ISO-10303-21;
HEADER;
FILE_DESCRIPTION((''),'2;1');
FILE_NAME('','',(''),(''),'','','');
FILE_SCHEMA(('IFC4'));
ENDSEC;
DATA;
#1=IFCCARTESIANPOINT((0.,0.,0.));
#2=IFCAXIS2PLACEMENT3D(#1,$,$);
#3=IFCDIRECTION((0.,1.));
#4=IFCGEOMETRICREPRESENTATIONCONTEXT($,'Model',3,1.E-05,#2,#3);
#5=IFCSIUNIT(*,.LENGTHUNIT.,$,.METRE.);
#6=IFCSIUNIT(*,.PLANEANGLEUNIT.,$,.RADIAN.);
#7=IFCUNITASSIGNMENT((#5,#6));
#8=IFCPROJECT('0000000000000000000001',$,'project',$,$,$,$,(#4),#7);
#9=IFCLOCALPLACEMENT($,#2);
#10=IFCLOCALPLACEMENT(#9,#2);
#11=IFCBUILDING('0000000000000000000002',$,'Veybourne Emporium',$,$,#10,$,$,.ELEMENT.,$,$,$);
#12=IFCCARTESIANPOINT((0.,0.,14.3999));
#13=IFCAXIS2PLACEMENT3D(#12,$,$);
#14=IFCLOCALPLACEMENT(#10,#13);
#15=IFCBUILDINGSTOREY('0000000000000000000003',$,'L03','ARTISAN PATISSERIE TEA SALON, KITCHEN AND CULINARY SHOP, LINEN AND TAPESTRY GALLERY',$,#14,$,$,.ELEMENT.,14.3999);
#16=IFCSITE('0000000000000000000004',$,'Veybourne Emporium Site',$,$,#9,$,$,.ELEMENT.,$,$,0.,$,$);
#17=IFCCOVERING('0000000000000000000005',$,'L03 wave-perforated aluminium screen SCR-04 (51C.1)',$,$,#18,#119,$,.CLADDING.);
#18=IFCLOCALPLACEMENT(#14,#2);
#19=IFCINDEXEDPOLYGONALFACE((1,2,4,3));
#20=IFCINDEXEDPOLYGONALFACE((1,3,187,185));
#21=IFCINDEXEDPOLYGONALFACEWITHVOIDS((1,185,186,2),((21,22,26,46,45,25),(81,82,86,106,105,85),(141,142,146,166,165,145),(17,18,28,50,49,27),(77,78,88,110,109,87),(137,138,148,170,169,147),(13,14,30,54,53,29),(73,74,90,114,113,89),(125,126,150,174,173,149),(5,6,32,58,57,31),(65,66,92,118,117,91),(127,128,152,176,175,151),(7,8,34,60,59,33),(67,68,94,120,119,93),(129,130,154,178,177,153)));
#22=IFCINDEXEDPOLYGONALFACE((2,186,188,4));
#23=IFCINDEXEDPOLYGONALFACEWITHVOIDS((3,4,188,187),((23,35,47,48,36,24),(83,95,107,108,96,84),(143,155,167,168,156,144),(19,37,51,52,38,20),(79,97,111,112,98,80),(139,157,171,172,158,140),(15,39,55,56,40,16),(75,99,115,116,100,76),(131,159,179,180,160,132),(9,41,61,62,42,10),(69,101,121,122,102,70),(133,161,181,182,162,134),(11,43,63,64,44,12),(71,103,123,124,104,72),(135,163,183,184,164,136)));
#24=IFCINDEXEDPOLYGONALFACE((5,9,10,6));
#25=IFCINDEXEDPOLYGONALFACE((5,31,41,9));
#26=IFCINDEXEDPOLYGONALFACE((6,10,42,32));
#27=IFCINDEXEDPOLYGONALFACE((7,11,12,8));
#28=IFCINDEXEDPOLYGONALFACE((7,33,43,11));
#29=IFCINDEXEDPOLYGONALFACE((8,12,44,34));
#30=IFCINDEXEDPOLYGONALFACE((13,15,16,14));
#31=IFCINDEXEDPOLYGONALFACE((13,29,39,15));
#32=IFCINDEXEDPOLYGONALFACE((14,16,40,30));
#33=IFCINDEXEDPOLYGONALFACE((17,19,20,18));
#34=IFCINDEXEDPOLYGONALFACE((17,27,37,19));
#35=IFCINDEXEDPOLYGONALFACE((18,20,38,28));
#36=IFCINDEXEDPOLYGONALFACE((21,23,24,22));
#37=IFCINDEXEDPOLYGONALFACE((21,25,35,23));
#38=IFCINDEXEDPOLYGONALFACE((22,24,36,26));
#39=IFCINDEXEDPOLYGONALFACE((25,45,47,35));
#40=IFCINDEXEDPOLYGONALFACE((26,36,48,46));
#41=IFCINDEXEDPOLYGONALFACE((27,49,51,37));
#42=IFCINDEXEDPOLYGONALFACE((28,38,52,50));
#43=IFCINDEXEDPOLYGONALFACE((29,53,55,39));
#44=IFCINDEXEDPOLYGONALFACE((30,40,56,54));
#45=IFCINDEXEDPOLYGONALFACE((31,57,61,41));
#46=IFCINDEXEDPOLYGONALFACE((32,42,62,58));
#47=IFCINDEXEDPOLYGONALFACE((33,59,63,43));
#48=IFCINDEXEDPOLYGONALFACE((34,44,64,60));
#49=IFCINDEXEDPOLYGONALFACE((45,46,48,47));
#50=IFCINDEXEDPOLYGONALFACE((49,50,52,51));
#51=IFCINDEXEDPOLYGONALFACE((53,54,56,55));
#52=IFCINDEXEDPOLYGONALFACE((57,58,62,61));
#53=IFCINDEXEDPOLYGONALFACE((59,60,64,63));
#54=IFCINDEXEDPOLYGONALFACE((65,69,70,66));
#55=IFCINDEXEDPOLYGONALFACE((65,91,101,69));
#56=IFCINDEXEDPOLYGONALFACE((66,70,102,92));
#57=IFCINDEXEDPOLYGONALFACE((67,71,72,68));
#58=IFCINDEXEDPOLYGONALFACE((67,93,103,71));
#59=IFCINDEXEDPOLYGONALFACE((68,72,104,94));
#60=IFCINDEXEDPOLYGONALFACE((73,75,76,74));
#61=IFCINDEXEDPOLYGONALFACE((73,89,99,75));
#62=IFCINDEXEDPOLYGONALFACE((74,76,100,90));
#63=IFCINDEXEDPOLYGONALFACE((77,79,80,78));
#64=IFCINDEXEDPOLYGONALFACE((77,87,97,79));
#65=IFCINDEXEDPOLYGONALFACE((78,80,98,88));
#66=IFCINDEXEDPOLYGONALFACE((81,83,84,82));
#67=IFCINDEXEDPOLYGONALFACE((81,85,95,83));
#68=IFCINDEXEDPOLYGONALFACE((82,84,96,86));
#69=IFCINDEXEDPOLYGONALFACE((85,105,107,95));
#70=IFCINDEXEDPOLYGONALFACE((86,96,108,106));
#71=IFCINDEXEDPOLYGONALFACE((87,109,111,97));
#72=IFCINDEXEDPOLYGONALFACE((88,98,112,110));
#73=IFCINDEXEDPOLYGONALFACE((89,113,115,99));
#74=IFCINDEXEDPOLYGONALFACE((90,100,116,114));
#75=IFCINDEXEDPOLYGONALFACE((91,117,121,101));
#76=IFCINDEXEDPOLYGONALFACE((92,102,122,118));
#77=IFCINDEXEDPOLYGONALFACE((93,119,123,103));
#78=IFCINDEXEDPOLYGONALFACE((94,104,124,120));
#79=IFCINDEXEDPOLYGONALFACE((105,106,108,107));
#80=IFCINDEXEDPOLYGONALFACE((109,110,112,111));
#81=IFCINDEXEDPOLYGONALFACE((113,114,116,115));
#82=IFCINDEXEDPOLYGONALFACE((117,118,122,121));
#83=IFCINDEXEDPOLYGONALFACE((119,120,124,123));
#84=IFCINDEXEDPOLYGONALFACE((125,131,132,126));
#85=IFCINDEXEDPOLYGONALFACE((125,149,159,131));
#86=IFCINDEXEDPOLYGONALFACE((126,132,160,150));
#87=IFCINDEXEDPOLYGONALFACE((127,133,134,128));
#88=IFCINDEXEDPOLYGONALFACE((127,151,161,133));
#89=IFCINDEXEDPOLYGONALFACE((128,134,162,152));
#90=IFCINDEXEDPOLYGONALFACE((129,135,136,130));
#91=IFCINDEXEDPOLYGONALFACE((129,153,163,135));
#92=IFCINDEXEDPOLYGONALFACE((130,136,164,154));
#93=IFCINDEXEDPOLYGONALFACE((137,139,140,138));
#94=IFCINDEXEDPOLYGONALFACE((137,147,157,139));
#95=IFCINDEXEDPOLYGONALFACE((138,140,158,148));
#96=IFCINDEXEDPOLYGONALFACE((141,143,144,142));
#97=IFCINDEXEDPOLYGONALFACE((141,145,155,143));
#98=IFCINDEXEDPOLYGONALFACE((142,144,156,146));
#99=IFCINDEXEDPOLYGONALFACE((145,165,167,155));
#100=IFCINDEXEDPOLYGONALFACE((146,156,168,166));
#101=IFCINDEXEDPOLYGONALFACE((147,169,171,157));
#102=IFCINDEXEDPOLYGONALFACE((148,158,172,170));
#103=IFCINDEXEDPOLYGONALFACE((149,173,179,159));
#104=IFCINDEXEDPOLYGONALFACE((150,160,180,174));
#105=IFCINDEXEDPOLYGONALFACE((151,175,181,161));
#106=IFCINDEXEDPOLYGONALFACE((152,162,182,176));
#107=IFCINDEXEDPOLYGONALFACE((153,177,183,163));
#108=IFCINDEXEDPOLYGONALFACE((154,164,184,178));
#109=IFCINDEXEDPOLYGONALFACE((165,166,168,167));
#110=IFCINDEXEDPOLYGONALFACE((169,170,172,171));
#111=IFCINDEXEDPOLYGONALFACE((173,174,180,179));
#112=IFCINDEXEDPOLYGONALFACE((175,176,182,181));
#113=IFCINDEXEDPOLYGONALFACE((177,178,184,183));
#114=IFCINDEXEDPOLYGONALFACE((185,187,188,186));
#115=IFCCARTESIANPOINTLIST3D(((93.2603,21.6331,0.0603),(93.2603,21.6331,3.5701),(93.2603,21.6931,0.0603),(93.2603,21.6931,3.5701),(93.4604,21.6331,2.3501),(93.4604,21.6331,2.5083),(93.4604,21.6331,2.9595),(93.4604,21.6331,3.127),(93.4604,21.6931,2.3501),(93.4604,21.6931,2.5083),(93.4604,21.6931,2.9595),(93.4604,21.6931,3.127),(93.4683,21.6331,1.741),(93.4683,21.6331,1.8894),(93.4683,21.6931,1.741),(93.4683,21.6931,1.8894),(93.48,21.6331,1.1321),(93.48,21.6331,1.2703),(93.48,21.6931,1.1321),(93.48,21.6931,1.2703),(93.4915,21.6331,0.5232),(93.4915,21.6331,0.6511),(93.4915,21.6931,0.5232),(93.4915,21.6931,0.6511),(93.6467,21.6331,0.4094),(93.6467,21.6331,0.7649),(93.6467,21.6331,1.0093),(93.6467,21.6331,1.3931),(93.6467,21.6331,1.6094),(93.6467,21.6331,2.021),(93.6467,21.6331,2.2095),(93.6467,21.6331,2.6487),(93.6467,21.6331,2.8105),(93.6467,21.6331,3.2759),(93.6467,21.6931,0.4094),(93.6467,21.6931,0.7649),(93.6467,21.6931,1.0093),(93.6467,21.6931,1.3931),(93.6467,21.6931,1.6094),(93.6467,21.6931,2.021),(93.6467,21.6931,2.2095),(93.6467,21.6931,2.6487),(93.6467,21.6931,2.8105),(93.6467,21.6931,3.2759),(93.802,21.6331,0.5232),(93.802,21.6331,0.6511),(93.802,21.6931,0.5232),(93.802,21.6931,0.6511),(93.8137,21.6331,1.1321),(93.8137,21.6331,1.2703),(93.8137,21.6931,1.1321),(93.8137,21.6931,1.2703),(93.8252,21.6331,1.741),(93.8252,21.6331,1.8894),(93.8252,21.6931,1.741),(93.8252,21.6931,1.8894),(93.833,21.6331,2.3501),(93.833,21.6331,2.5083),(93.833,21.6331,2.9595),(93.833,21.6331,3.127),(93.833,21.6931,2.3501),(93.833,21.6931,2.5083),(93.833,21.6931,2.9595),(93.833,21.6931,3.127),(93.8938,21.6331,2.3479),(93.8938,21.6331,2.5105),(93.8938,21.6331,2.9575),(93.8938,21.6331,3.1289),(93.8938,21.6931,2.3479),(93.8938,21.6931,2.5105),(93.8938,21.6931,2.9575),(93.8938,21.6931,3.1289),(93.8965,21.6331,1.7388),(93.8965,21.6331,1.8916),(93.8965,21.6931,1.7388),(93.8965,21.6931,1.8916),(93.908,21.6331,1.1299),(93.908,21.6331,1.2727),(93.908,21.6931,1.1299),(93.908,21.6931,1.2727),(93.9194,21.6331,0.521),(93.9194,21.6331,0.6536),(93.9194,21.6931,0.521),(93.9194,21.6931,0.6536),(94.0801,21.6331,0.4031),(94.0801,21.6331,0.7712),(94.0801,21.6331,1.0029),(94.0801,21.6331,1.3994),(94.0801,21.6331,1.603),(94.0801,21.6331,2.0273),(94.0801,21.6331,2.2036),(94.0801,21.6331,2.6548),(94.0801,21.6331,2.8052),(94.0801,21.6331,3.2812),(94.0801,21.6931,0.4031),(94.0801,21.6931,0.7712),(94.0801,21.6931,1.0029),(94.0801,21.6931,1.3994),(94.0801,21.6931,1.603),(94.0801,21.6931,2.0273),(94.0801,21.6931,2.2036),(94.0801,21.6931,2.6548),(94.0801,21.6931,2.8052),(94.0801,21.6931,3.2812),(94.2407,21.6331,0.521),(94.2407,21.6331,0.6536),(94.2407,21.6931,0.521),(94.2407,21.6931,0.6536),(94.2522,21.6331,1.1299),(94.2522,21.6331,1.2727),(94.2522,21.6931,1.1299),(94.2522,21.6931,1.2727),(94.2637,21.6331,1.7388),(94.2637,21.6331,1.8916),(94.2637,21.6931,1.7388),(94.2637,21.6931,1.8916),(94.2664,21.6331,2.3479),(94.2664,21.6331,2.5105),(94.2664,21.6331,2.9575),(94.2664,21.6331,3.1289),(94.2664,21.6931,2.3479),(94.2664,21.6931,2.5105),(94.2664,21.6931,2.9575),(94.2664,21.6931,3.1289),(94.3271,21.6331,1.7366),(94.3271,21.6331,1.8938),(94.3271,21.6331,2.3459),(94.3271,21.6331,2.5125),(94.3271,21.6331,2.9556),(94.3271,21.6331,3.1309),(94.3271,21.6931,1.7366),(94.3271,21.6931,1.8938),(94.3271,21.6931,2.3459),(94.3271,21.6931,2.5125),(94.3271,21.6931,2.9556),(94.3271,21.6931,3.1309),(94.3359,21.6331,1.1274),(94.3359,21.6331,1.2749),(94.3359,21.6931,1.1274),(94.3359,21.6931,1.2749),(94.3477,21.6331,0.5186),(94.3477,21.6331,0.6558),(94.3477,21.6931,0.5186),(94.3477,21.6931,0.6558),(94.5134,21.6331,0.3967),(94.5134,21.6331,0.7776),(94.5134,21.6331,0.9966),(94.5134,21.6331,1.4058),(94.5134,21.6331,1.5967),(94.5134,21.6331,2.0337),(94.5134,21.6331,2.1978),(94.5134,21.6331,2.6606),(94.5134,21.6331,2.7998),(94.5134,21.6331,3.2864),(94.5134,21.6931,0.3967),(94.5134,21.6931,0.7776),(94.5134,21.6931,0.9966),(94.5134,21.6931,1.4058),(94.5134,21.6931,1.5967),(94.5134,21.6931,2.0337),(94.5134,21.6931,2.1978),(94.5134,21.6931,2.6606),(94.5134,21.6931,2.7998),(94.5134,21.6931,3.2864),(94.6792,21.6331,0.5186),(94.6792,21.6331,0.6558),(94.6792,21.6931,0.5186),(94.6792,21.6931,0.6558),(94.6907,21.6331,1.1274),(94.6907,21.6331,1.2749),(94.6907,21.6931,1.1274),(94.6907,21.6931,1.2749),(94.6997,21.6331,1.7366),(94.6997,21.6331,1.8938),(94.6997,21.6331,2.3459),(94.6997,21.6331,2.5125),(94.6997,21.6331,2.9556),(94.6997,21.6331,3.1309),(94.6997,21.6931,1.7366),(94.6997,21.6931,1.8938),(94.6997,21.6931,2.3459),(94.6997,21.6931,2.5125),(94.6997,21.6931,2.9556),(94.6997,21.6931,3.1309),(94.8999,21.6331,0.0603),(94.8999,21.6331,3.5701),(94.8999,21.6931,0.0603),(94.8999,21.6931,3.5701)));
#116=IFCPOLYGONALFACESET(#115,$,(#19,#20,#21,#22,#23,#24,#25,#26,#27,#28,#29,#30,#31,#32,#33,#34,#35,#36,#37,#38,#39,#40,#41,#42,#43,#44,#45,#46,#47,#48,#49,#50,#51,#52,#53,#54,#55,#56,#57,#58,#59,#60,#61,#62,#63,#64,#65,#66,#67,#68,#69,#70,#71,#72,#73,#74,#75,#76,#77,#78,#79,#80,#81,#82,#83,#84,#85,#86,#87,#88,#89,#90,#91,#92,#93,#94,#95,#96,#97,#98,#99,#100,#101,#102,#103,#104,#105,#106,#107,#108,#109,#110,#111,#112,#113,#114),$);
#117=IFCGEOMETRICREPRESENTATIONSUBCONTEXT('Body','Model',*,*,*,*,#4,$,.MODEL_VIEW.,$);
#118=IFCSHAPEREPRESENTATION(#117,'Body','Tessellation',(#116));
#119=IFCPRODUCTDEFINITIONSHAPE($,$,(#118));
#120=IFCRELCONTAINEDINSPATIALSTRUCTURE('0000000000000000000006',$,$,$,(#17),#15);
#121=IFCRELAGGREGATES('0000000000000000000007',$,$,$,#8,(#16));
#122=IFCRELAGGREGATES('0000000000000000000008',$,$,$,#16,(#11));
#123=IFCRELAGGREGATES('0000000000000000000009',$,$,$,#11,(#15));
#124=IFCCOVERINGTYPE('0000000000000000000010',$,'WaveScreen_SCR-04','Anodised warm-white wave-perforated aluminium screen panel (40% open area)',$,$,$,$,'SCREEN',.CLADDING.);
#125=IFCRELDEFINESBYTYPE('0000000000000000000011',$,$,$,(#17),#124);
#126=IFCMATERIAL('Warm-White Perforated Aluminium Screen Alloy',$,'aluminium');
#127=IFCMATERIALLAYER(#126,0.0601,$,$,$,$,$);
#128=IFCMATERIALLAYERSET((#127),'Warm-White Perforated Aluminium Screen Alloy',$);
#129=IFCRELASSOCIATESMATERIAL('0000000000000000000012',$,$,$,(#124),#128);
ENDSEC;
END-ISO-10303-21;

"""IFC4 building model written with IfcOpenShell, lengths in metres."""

from ifc_helpers import new_model, si_unit, direction, frame, origin, place, context, subcontext, project, spatial, polyline, outline, extrude, material, layer, layer_set, type_object, element, save


model = new_model("IFC4")

# Units and contexts
model_context = context("Model", 3, precision=1e-05, world=origin(), true_north=direction((0.0, 1.0)))
body_context = subcontext(model_context, "Body", "Model", "MODEL_VIEW")
ifc_project = project(units=[si_unit("LENGTHUNIT", "METRE"), si_unit("PLANEANGLEUNIT", "RADIAN")], contexts=[model_context])

# Site, building, storey
site_placement = place(None, origin())
site = spatial("IfcSite", under=ifc_project, at=site_placement, Name="Veybourne Emporium Site", CompositionType="ELEMENT", RefElevation=0.0)
building_placement = place(site_placement, origin())
building = spatial("IfcBuilding", under=site, at=building_placement, Name="Veybourne Emporium", CompositionType="ELEMENT")
storey_placement = place(building_placement, frame((0.0, 0.0, 14.3999)))
storey = spatial("IfcBuildingStorey", under=building, at=storey_placement, Name="L03", Description="ARTISAN PATISSERIE TEA SALON, KITCHEN AND CULINARY SHOP, LINEN AND TAPESTRY GALLERY", CompositionType="ELEMENT", Elevation=14.3999)

# Covering
ifc_material_1 = material(Name="Warm-White Perforated Aluminium Screen Alloy", Category="aluminium")
ifc_layer_1 = layer(ifc_material_1, 0.0601)
ifc_layer_set_1 = layer_set([ifc_layer_1], Name="Warm-White Perforated Aluminium Screen Alloy")
covering_type = type_object("IfcCoveringType", Name="WaveScreen_SCR-04", Description="Anodised warm-white wave-perforated aluminium screen panel (40% open area)", ElementType="SCREEN", PredefinedType="CLADDING", material=ifc_layer_set_1)
covering_placement = place(storey_placement, frame((94.0801, 21.6931, 1.8152), z_axis=(0.0, -1.0, 0.0), x_axis=(1.0, 0.0, 0.0)))
element("IfcCovering", 1, at=covering_placement, inside=storey, type_object=covering_type, Name="L03 wave-perforated aluminium screen SCR-04 (51C.1)", PredefinedType="CLADDING", context=body_context, shape_type="SweptSolid", body=[
    extrude(outline(polyline([(-0.8198, -1.7549), (0.8198, -1.7549), (0.8198, 1.7549), (-0.8198, 1.7549), (-0.8198, -1.7549)]), holes=[polyline([(-0.4333, -1.0503), (-0.2781, -1.1641), (-0.2781, -1.292), (-0.4333, -1.4058), (-0.5886, -1.292), (-0.5886, -1.1641), (-0.4333, -1.0503)]), polyline([(-0.4333, -0.4221), (-0.2664, -0.5449), (-0.2664, -0.6831), (-0.4333, -0.8059), (-0.6001, -0.6831), (-0.6001, -0.5449), (-0.4333, -0.4221)]), polyline([(-0.4333, 0.2058), (-0.2549, 0.0742), (-0.2549, -0.0742), (-0.4333, -0.2058), (-0.6118, -0.0742), (-0.6118, 0.0742), (-0.4333, 0.2058)]), polyline([(-0.4333, 0.8335), (-0.2471, 0.6931), (-0.2471, 0.5349), (-0.4333, 0.3943), (-0.6196, 0.5349), (-0.6196, 0.6931), (-0.4333, 0.8335)]), polyline([(-0.4333, 1.4607), (-0.2471, 1.3118), (-0.2471, 1.1443), (-0.4333, 0.9954), (-0.6196, 1.1443), (-0.6196, 1.3118), (-0.4333, 1.4607)]), polyline([(0.0, -1.0439), (0.1606, -1.1616), (0.1606, -1.2942), (0.0, -1.4121), (-0.1606, -1.2942), (-0.1606, -1.1616), (0.0, -1.0439)]), polyline([(0.0, -0.4158), (0.1721, -0.5425), (0.1721, -0.6853), (0.0, -0.8123), (-0.1721, -0.6853), (-0.1721, -0.5425), (0.0, -0.4158)]), polyline([(0.0, 0.2122), (0.1836, 0.0764), (0.1836, -0.0764), (0.0, -0.2122), (-0.1836, -0.0764), (-0.1836, 0.0764), (0.0, 0.2122)]), polyline([(0.0, 0.8396), (0.1863, 0.6953), (0.1863, 0.5327), (0.0, 0.3884), (-0.1863, 0.5327), (-0.1863, 0.6953), (0.0, 0.8396)]), polyline([(0.0, 1.4661), (0.1863, 1.3137), (0.1863, 1.1423), (0.0, 0.99), (-0.1863, 1.1423), (-0.1863, 1.3137), (0.0, 1.4661)]), polyline([(0.4333, -1.0376), (0.5991, -1.1594), (0.5991, -1.2966), (0.4333, -1.4185), (0.2676, -1.2966), (0.2676, -1.1594), (0.4333, -1.0376)]), polyline([(0.4333, -0.4094), (0.6106, -0.5403), (0.6106, -0.6877), (0.4333, -0.8186), (0.2559, -0.6877), (0.2559, -0.5403), (0.4333, -0.4094)]), polyline([(0.4333, 0.2185), (0.6196, 0.0786), (0.6196, -0.0786), (0.4333, -0.2185), (0.2471, -0.0786), (0.2471, 0.0786), (0.4333, 0.2185)]), polyline([(0.4333, 0.8455), (0.6196, 0.6973), (0.6196, 0.5308), (0.4333, 0.3826), (0.2471, 0.5308), (0.2471, 0.6973), (0.4333, 0.8455)]), polyline([(0.4333, 1.4712), (0.6196, 1.3157), (0.6196, 1.1404), (0.4333, 0.9846), (0.2471, 1.1404), (0.2471, 1.3157), (0.4333, 1.4712)])]), origin(), (0.0, 0.0, 1.0), 0.0601),
])

save(model, "model.ifc")
